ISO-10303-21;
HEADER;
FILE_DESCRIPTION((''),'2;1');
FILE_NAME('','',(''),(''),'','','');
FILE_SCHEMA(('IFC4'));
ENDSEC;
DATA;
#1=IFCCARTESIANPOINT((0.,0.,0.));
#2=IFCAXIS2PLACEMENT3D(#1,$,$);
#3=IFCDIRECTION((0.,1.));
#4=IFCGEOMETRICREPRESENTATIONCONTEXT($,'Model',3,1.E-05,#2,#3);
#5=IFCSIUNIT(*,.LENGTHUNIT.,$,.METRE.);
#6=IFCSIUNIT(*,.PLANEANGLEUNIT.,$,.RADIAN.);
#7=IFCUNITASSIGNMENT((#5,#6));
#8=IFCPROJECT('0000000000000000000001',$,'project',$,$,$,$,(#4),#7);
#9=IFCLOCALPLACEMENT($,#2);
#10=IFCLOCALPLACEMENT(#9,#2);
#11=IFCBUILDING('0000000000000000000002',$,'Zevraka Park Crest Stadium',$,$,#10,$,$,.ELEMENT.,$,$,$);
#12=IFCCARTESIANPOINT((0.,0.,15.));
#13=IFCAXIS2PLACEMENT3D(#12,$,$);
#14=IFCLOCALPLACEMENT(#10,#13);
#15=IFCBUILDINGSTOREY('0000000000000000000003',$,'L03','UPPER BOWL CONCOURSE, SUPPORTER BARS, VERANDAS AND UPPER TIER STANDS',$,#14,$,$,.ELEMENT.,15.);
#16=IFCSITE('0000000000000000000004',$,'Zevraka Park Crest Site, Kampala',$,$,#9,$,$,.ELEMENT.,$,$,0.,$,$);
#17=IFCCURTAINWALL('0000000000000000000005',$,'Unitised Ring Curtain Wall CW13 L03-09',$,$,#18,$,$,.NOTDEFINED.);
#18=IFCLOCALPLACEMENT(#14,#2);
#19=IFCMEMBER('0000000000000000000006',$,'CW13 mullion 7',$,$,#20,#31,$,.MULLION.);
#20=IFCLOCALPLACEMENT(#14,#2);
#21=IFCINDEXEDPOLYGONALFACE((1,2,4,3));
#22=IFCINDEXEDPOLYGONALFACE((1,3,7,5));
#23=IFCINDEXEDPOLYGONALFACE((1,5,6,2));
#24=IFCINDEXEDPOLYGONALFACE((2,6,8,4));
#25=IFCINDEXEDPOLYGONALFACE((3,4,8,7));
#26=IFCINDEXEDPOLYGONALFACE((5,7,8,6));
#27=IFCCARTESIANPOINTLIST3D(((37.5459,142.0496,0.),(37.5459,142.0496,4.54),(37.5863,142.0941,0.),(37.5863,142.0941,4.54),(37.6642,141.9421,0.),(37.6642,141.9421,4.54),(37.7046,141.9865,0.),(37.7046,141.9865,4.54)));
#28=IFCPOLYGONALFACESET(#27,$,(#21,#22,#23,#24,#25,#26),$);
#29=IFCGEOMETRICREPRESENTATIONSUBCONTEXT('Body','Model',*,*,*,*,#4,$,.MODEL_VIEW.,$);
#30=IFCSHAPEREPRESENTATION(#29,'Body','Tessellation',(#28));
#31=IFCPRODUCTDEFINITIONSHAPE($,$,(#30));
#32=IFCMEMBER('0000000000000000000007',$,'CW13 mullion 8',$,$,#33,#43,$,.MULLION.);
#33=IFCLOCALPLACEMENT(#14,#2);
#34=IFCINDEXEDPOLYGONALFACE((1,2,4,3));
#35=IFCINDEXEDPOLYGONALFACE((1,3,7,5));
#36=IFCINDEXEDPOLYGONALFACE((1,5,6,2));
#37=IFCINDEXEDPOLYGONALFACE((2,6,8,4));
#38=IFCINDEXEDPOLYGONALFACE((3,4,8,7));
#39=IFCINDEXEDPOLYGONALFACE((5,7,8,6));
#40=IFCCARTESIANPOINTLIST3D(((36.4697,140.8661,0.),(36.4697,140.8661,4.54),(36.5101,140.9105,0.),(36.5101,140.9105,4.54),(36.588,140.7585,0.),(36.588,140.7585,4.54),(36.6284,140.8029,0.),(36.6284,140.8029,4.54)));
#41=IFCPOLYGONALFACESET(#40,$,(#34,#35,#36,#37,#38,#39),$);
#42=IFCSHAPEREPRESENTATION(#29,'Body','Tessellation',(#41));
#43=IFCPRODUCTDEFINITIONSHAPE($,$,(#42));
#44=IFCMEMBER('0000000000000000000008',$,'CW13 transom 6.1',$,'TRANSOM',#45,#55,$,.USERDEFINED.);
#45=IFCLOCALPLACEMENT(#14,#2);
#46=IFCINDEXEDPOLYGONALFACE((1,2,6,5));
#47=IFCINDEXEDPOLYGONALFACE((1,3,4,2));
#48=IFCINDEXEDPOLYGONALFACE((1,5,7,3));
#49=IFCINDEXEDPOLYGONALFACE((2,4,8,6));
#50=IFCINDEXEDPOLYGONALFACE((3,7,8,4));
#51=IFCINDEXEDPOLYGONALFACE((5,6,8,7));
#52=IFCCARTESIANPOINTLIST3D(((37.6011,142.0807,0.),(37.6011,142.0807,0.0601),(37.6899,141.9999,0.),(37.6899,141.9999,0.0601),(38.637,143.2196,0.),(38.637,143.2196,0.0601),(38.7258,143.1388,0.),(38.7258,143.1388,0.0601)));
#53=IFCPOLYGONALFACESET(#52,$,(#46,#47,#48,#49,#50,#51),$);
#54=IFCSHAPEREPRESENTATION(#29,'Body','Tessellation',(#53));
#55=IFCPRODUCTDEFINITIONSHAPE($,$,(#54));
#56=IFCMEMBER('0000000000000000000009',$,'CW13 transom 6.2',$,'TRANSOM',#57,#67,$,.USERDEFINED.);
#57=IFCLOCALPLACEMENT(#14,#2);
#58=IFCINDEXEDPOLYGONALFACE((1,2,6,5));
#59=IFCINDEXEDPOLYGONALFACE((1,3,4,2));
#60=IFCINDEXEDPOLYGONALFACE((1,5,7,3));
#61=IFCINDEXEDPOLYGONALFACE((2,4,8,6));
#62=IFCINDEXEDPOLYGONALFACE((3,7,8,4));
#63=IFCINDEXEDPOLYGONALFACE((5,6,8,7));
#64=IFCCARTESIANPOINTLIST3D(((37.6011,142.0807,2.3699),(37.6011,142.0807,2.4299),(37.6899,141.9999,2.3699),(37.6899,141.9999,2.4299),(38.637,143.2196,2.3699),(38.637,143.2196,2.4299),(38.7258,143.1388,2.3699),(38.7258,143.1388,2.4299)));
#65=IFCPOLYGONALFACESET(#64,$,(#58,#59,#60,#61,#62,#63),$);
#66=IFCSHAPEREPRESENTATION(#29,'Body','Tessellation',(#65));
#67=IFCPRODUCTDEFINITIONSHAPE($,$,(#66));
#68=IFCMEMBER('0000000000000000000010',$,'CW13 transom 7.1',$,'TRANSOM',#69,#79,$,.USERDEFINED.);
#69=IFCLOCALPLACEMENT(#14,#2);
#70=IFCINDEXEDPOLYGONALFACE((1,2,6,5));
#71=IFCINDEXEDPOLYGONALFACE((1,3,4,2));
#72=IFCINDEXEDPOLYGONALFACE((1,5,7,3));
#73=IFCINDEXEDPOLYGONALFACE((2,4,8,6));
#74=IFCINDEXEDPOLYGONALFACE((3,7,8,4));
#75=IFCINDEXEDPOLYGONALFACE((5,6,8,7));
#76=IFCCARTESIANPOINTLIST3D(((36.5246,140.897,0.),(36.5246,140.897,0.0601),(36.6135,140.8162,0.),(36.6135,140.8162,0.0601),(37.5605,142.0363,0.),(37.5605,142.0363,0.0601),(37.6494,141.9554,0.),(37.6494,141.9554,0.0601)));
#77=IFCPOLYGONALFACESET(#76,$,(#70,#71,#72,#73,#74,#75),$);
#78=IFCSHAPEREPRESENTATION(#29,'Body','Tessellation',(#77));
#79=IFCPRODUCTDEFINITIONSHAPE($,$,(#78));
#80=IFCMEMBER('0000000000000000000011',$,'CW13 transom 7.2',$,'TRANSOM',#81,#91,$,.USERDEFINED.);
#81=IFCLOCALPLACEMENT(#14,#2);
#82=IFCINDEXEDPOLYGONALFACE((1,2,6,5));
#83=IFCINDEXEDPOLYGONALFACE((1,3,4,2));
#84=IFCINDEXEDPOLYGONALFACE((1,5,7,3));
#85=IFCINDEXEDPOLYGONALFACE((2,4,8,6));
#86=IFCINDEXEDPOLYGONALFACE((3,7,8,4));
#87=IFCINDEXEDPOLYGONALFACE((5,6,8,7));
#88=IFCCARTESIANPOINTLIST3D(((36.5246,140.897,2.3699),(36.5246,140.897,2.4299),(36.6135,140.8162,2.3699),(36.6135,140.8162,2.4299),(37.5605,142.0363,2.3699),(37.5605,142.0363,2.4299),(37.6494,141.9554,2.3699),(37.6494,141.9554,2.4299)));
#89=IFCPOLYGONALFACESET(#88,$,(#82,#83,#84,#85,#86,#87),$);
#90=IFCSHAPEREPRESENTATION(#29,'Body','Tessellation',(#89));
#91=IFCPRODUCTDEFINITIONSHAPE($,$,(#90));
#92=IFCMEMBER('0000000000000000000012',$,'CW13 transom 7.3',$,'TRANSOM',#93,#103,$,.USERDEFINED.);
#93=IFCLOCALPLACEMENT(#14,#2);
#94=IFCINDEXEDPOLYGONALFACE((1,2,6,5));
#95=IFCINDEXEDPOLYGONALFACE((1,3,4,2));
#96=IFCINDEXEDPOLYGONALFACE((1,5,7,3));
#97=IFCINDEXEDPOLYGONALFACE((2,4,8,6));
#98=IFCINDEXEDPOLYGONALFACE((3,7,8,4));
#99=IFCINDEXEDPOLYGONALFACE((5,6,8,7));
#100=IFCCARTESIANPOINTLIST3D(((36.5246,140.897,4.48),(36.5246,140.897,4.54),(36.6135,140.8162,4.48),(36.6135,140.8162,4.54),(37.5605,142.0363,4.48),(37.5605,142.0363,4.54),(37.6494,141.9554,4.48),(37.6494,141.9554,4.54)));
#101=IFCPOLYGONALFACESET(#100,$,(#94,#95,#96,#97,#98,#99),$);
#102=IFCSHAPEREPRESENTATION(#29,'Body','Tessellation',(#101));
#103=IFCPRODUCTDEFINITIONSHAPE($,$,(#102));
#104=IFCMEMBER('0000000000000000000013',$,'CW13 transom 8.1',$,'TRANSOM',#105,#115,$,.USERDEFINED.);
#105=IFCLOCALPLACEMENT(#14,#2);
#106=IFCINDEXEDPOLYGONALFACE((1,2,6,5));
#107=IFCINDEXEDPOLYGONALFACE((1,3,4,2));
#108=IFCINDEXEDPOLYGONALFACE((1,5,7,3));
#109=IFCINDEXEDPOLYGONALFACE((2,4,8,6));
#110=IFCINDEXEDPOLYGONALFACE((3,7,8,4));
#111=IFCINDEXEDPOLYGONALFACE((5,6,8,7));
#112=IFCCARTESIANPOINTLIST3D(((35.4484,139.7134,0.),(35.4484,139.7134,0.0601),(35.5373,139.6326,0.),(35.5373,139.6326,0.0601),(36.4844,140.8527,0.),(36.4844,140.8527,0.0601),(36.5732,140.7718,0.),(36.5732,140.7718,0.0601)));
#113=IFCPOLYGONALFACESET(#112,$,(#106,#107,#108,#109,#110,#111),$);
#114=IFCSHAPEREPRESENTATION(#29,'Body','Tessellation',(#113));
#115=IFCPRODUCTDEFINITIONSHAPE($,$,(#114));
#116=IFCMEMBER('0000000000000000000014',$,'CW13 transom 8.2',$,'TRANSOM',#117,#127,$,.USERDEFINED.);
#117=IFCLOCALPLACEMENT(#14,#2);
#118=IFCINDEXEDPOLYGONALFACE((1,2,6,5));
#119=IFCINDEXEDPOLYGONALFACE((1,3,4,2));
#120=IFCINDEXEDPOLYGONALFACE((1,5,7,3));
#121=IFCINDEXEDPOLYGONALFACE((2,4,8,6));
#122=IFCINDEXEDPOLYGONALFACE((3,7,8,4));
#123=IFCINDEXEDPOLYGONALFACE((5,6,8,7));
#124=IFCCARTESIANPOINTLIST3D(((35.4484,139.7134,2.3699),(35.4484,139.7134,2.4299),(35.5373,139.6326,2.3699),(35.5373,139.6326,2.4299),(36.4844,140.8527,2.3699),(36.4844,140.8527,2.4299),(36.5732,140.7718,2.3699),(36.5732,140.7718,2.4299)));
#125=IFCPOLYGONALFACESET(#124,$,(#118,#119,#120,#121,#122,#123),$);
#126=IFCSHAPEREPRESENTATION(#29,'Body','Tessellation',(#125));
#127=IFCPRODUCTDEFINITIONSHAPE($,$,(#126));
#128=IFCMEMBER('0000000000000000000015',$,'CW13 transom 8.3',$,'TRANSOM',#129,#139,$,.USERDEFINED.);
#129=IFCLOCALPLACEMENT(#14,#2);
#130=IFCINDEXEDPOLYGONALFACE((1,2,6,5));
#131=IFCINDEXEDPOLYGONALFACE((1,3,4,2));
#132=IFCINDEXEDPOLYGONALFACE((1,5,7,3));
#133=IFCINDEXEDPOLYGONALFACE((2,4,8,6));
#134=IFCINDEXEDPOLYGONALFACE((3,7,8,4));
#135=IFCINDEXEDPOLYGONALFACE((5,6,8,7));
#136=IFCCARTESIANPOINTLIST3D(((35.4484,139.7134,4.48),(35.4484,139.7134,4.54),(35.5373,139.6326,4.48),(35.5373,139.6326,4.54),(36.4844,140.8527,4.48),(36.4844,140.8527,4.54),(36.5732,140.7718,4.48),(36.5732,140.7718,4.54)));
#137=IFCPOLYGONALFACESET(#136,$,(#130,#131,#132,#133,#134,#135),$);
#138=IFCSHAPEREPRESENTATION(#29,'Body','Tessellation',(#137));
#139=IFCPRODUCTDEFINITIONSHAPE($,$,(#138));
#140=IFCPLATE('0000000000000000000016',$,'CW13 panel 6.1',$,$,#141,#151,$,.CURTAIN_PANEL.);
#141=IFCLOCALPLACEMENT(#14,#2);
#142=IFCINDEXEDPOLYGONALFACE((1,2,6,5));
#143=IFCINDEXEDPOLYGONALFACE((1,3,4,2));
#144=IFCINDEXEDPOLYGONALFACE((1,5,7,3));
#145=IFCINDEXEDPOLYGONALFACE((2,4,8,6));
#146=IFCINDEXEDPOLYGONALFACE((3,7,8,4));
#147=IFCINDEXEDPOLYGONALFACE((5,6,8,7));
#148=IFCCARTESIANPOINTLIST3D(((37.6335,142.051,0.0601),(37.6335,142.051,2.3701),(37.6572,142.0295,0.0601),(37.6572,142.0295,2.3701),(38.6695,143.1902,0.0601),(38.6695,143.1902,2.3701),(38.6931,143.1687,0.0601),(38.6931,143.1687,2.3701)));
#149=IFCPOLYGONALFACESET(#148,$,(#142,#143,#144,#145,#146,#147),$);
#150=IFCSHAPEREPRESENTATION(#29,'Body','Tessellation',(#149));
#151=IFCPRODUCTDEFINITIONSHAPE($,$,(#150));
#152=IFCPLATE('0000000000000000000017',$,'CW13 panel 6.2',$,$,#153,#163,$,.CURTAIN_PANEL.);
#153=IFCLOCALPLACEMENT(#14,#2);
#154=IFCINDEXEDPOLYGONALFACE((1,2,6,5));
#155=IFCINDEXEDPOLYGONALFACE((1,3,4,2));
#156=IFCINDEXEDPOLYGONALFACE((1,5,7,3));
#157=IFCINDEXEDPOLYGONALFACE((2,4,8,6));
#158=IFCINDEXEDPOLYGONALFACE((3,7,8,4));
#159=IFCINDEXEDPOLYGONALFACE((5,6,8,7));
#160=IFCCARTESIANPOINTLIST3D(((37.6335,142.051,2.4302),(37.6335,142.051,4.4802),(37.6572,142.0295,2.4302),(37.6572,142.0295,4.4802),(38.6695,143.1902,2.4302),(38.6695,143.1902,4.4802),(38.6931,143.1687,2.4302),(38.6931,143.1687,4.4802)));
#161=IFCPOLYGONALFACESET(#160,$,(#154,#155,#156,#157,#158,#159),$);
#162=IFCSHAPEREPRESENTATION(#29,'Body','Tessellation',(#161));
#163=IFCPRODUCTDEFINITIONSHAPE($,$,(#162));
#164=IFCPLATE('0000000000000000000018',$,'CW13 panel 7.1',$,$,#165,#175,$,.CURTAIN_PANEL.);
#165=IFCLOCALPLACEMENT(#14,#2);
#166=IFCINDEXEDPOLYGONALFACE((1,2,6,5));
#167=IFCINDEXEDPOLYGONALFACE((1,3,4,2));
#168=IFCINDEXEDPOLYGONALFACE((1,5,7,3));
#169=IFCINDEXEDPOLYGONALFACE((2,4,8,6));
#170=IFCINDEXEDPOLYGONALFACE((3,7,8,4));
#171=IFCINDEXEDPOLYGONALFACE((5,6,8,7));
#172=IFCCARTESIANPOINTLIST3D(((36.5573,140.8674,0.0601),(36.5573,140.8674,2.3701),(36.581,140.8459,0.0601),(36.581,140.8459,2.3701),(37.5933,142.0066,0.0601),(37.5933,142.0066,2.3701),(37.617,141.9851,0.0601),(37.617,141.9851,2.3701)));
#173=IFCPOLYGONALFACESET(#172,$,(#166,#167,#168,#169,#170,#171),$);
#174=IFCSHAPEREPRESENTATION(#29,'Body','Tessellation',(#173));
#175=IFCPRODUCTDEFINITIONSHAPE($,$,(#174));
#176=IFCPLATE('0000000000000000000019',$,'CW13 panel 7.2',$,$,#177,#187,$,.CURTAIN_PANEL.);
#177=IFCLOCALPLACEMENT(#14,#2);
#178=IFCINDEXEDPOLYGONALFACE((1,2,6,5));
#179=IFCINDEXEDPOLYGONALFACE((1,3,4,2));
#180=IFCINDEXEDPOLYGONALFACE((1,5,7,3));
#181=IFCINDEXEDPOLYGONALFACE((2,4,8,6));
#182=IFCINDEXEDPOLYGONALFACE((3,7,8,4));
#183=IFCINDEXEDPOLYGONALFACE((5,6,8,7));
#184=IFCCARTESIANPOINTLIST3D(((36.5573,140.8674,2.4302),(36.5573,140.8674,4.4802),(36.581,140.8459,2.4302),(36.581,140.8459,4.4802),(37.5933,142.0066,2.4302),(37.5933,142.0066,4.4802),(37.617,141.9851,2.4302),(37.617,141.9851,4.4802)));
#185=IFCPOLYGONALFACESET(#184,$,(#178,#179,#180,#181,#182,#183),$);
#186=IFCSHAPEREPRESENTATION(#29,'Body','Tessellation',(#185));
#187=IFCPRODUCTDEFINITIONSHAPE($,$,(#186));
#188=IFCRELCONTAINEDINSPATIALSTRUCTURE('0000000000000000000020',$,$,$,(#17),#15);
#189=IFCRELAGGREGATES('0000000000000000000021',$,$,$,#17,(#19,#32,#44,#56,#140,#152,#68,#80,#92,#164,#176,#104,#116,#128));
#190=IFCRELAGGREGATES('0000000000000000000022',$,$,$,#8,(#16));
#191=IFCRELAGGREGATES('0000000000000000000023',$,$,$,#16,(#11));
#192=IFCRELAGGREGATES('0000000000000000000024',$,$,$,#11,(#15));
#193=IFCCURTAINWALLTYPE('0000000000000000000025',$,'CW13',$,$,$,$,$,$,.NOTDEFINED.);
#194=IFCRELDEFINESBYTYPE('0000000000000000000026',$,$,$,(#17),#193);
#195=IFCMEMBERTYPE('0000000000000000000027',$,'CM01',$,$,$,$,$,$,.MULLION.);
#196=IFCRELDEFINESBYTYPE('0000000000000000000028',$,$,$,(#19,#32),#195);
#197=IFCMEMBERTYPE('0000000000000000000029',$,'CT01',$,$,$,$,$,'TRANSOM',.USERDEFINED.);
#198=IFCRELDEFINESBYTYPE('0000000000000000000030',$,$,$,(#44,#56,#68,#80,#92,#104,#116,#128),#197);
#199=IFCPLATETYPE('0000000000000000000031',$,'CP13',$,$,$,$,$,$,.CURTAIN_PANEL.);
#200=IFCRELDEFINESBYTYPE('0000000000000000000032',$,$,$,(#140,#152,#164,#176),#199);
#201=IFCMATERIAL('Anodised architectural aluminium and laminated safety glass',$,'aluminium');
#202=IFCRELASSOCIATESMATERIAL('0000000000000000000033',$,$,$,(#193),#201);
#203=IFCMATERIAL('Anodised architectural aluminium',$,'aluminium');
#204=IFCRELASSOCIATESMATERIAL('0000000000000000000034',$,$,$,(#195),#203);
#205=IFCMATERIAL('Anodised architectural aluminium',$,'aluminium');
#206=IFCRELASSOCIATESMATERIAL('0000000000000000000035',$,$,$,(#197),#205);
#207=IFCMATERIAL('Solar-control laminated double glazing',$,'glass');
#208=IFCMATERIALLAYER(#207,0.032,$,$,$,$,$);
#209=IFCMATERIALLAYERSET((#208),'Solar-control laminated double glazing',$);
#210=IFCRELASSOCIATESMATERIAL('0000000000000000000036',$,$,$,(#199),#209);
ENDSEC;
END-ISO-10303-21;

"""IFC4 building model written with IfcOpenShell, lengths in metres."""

from ifc_helpers import new_model, si_unit, direction, frame, origin, origin_2d, place, context, subcontext, project, spatial, rectangle, extrude, material, layer, layer_set, material_profile, profile_set, type_object, element, aggregate, save


model = new_model("IFC4")

# Units and contexts
model_context = context("Model", 3, precision=1e-05, world=origin(), true_north=direction((0.0, 1.0)))
body_context = subcontext(model_context, "Body", "Model", "MODEL_VIEW")
ifc_project = project(units=[si_unit("LENGTHUNIT", "METRE"), si_unit("PLANEANGLEUNIT", "RADIAN")], contexts=[model_context])

# Site, building, storey
site_placement = place(None, origin())
site = spatial("IfcSite", under=ifc_project, at=site_placement, Name="Zevraka Park Crest Site, Kampala", CompositionType="ELEMENT", RefElevation=0.0)
building_placement = place(site_placement, origin())
building = spatial("IfcBuilding", under=site, at=building_placement, Name="Zevraka Park Crest Stadium", CompositionType="ELEMENT")
storey_placement = place(building_placement, frame((0.0, 0.0, 15.0)))
storey = spatial("IfcBuildingStorey", under=building, at=storey_placement, Name="L03", Description="UPPER BOWL CONCOURSE, SUPPORTER BARS, VERANDAS AND UPPER TIER STANDS", CompositionType="ELEMENT", Elevation=15.0)

# Curtain wall, members, plates
ifc_material_1 = material(Name="Anodised architectural aluminium and laminated safety glass", Category="aluminium")
curtain_wall_type = type_object("IfcCurtainWallType", Name="CW13", PredefinedType="NOTDEFINED", material=ifc_material_1)
curtain_wall_placement = place(storey_placement, origin())
curtain_wall = element("IfcCurtainWall", 1, at=curtain_wall_placement, inside=storey, type_object=curtain_wall_type, Name="Unitised Ring Curtain Wall CW13 L03-09", PredefinedType="NOTDEFINED")
ifc_material_2 = material(Name="Anodised architectural aluminium", Category="aluminium")
ifc_material_profile_1 = material_profile(ifc_material_2, rectangle(XDim=0.1599, YDim=0.0601, at=origin_2d()), Name="ALU MULLION 160x60")
ifc_profile_set_1 = profile_set([ifc_material_profile_1], Name="Anodised architectural aluminium")
member_type_1 = type_object("IfcMemberType", Name="CM01", PredefinedType="MULLION", material=ifc_profile_set_1)
member_1_placement = place(storey_placement, frame((37.6252, 142.0181, 0.0), z_axis=(0.0, 0.0, 1.0), x_axis=(0.739823, -0.672802, 0.0)))
member_1 = element("IfcMember", 2, at=member_1_placement, type_object=member_type_1, Name="CW13 mullion 7", PredefinedType="MULLION", context=body_context, shape_type="SweptSolid", body=[
    extrude(rectangle(XDim=0.1599, YDim=0.0601, at=origin_2d()), origin(), (0.0, 0.0, 1.0), 4.54),
])
member_2_placement = place(storey_placement, frame((36.5491, 140.8345, 0.0), z_axis=(0.0, 0.0, 1.0), x_axis=(0.739823, -0.672802, 0.0)))
member_2 = element("IfcMember", 3, at=member_2_placement, type_object=member_type_1, Name="CW13 mullion 8", PredefinedType="MULLION", context=body_context, shape_type="SweptSolid", body=[
    extrude(rectangle(XDim=0.1599, YDim=0.0601, at=origin_2d()), origin(), (0.0, 0.0, 1.0), 4.54),
])
ifc_material_3 = material(Name="Anodised architectural aluminium", Category="aluminium")
ifc_material_profile_2 = material_profile(ifc_material_3, rectangle(XDim=0.1201, YDim=0.0601, at=origin_2d()), Name="ALU TRANSOM 120x60")
ifc_profile_set_2 = profile_set([ifc_material_profile_2], Name="Anodised architectural aluminium")
member_type_2 = type_object("IfcMemberType", Name="CT01", ElementType="TRANSOM", PredefinedType="USERDEFINED", material=ifc_profile_set_2)
member_3_placement = place(storey_placement, frame((38.6814, 143.1792, 0.03), z_axis=(-0.672854, -0.739775, 0.0), x_axis=(0.739775, -0.672854, 0.0)))
member_3 = element("IfcMember", 4, at=member_3_placement, type_object=member_type_2, Name="CW13 transom 6.1", ObjectType="TRANSOM", PredefinedType="USERDEFINED", context=body_context, shape_type="SweptSolid", body=[
    extrude(rectangle(XDim=0.1201, YDim=0.0601, at=origin_2d()), origin(), (0.0, 0.0, 1.0), 1.5396),
])
member_4_placement = place(storey_placement, frame((38.6814, 143.1792, 2.3999), z_axis=(-0.672854, -0.739775, 0.0), x_axis=(0.739775, -0.672854, 0.0)))
member_4 = element("IfcMember", 5, at=member_4_placement, type_object=member_type_2, Name="CW13 transom 6.2", ObjectType="TRANSOM", PredefinedType="USERDEFINED", context=body_context, shape_type="SweptSolid", body=[
    extrude(rectangle(XDim=0.1201, YDim=0.0601, at=origin_2d()), origin(), (0.0, 0.0, 1.0), 1.5396),
])
member_5_placement = place(storey_placement, frame((37.605, 141.9958, 0.03), z_axis=(-0.672775, -0.739847, 0.0), x_axis=(0.739847, -0.672775, 0.0)))
member_5 = element("IfcMember", 6, at=member_5_placement, type_object=member_type_2, Name="CW13 transom 7.1", ObjectType="TRANSOM", PredefinedType="USERDEFINED", context=body_context, shape_type="SweptSolid", body=[
    extrude(rectangle(XDim=0.1201, YDim=0.0601, at=origin_2d()), origin(), (0.0, 0.0, 1.0), 1.5398),
])
member_6_placement = place(storey_placement, frame((37.605, 141.9958, 2.3999), z_axis=(-0.672775, -0.739847, 0.0), x_axis=(0.739847, -0.672775, 0.0)))
member_6 = element("IfcMember", 7, at=member_6_placement, type_object=member_type_2, Name="CW13 transom 7.2", ObjectType="TRANSOM", PredefinedType="USERDEFINED", context=body_context, shape_type="SweptSolid", body=[
    extrude(rectangle(XDim=0.1201, YDim=0.0601, at=origin_2d()), origin(), (0.0, 0.0, 1.0), 1.5398),
])
member_7_placement = place(storey_placement, frame((37.605, 141.9958, 4.51), z_axis=(-0.672775, -0.739847, 0.0), x_axis=(0.739847, -0.672775, 0.0)))
member_7 = element("IfcMember", 8, at=member_7_placement, type_object=member_type_2, Name="CW13 transom 7.3", ObjectType="TRANSOM", PredefinedType="USERDEFINED", context=body_context, shape_type="SweptSolid", body=[
    extrude(rectangle(XDim=0.1201, YDim=0.0601, at=origin_2d()), origin(), (0.0, 0.0, 1.0), 1.5398),
])
member_8_placement = place(storey_placement, frame((36.5288, 140.8123, 0.03), z_axis=(-0.672775, -0.739847, 0.0), x_axis=(0.739847, -0.672775, 0.0)))
member_8 = element("IfcMember", 9, at=member_8_placement, type_object=member_type_2, Name="CW13 transom 8.1", ObjectType="TRANSOM", PredefinedType="USERDEFINED", context=body_context, shape_type="SweptSolid", body=[
    extrude(rectangle(XDim=0.1201, YDim=0.0601, at=origin_2d()), origin(), (0.0, 0.0, 1.0), 1.5398),
])
member_9_placement = place(storey_placement, frame((36.5288, 140.8123, 2.3999), z_axis=(-0.672775, -0.739847, 0.0), x_axis=(0.739847, -0.672775, 0.0)))
member_9 = element("IfcMember", 10, at=member_9_placement, type_object=member_type_2, Name="CW13 transom 8.2", ObjectType="TRANSOM", PredefinedType="USERDEFINED", context=body_context, shape_type="SweptSolid", body=[
    extrude(rectangle(XDim=0.1201, YDim=0.0601, at=origin_2d()), origin(), (0.0, 0.0, 1.0), 1.5398),
])
member_10_placement = place(storey_placement, frame((36.5288, 140.8123, 4.51), z_axis=(-0.672775, -0.739847, 0.0), x_axis=(0.739847, -0.672775, 0.0)))
member_10 = element("IfcMember", 11, at=member_10_placement, type_object=member_type_2, Name="CW13 transom 8.3", ObjectType="TRANSOM", PredefinedType="USERDEFINED", context=body_context, shape_type="SweptSolid", body=[
    extrude(rectangle(XDim=0.1201, YDim=0.0601, at=origin_2d()), origin(), (0.0, 0.0, 1.0), 1.5398),
])
ifc_material_4 = material(Name="Solar-control laminated double glazing", Category="glass")
ifc_layer_1 = layer(ifc_material_4, 0.032)
ifc_layer_set_1 = layer_set([ifc_layer_1], Name="Solar-control laminated double glazing")
plate_type = type_object("IfcPlateType", Name="CP13", PredefinedType="CURTAIN_PANEL", material=ifc_layer_set_1)
plate_1_placement = place(storey_placement, frame((38.1633, 142.6099, 0.0601), z_axis=(0.0, 0.0, 1.0), x_axis=(-0.672802, -0.739823, 0.0)))
plate_1 = element("IfcPlate", 12, at=plate_1_placement, type_object=plate_type, Name="CW13 panel 6.1", PredefinedType="CURTAIN_PANEL", context=body_context, shape_type="SweptSolid", body=[
    extrude(rectangle(XDim=1.5398, YDim=0.032, at=origin_2d()), origin(), (0.0, 0.0, 1.0), 2.3101),
])
plate_2_placement = place(storey_placement, frame((38.1633, 142.6099, 2.4302), z_axis=(0.0, 0.0, 1.0), x_axis=(-0.672802, -0.739823, 0.0)))
plate_2 = element("IfcPlate", 13, at=plate_2_placement, type_object=plate_type, Name="CW13 panel 6.2", PredefinedType="CURTAIN_PANEL", context=body_context, shape_type="SweptSolid", body=[
    extrude(rectangle(XDim=1.5398, YDim=0.032, at=origin_2d()), origin(), (0.0, 0.0, 1.0), 2.05),
])
plate_3_placement = place(storey_placement, frame((37.0872, 141.4263, 0.0601), z_axis=(0.0, 0.0, 1.0), x_axis=(-0.672802, -0.739823, 0.0)))
plate_3 = element("IfcPlate", 14, at=plate_3_placement, type_object=plate_type, Name="CW13 panel 7.1", PredefinedType="CURTAIN_PANEL", context=body_context, shape_type="SweptSolid", body=[
    extrude(rectangle(XDim=1.5398, YDim=0.032, at=origin_2d()), origin(), (0.0, 0.0, 1.0), 2.3101),
])
plate_4_placement = place(storey_placement, frame((37.0872, 141.4263, 2.4302), z_axis=(0.0, 0.0, 1.0), x_axis=(-0.672802, -0.739823, 0.0)))
plate_4 = element("IfcPlate", 15, at=plate_4_placement, type_object=plate_type, Name="CW13 panel 7.2", PredefinedType="CURTAIN_PANEL", context=body_context, shape_type="SweptSolid", body=[
    extrude(rectangle(XDim=1.5398, YDim=0.032, at=origin_2d()), origin(), (0.0, 0.0, 1.0), 2.05),
])
aggregate(curtain_wall, [member_1, member_2, member_3, member_4, plate_1, plate_2, member_5, member_6, member_7, plate_3, plate_4, member_8, member_9, member_10])

save(model, "model.ifc")
